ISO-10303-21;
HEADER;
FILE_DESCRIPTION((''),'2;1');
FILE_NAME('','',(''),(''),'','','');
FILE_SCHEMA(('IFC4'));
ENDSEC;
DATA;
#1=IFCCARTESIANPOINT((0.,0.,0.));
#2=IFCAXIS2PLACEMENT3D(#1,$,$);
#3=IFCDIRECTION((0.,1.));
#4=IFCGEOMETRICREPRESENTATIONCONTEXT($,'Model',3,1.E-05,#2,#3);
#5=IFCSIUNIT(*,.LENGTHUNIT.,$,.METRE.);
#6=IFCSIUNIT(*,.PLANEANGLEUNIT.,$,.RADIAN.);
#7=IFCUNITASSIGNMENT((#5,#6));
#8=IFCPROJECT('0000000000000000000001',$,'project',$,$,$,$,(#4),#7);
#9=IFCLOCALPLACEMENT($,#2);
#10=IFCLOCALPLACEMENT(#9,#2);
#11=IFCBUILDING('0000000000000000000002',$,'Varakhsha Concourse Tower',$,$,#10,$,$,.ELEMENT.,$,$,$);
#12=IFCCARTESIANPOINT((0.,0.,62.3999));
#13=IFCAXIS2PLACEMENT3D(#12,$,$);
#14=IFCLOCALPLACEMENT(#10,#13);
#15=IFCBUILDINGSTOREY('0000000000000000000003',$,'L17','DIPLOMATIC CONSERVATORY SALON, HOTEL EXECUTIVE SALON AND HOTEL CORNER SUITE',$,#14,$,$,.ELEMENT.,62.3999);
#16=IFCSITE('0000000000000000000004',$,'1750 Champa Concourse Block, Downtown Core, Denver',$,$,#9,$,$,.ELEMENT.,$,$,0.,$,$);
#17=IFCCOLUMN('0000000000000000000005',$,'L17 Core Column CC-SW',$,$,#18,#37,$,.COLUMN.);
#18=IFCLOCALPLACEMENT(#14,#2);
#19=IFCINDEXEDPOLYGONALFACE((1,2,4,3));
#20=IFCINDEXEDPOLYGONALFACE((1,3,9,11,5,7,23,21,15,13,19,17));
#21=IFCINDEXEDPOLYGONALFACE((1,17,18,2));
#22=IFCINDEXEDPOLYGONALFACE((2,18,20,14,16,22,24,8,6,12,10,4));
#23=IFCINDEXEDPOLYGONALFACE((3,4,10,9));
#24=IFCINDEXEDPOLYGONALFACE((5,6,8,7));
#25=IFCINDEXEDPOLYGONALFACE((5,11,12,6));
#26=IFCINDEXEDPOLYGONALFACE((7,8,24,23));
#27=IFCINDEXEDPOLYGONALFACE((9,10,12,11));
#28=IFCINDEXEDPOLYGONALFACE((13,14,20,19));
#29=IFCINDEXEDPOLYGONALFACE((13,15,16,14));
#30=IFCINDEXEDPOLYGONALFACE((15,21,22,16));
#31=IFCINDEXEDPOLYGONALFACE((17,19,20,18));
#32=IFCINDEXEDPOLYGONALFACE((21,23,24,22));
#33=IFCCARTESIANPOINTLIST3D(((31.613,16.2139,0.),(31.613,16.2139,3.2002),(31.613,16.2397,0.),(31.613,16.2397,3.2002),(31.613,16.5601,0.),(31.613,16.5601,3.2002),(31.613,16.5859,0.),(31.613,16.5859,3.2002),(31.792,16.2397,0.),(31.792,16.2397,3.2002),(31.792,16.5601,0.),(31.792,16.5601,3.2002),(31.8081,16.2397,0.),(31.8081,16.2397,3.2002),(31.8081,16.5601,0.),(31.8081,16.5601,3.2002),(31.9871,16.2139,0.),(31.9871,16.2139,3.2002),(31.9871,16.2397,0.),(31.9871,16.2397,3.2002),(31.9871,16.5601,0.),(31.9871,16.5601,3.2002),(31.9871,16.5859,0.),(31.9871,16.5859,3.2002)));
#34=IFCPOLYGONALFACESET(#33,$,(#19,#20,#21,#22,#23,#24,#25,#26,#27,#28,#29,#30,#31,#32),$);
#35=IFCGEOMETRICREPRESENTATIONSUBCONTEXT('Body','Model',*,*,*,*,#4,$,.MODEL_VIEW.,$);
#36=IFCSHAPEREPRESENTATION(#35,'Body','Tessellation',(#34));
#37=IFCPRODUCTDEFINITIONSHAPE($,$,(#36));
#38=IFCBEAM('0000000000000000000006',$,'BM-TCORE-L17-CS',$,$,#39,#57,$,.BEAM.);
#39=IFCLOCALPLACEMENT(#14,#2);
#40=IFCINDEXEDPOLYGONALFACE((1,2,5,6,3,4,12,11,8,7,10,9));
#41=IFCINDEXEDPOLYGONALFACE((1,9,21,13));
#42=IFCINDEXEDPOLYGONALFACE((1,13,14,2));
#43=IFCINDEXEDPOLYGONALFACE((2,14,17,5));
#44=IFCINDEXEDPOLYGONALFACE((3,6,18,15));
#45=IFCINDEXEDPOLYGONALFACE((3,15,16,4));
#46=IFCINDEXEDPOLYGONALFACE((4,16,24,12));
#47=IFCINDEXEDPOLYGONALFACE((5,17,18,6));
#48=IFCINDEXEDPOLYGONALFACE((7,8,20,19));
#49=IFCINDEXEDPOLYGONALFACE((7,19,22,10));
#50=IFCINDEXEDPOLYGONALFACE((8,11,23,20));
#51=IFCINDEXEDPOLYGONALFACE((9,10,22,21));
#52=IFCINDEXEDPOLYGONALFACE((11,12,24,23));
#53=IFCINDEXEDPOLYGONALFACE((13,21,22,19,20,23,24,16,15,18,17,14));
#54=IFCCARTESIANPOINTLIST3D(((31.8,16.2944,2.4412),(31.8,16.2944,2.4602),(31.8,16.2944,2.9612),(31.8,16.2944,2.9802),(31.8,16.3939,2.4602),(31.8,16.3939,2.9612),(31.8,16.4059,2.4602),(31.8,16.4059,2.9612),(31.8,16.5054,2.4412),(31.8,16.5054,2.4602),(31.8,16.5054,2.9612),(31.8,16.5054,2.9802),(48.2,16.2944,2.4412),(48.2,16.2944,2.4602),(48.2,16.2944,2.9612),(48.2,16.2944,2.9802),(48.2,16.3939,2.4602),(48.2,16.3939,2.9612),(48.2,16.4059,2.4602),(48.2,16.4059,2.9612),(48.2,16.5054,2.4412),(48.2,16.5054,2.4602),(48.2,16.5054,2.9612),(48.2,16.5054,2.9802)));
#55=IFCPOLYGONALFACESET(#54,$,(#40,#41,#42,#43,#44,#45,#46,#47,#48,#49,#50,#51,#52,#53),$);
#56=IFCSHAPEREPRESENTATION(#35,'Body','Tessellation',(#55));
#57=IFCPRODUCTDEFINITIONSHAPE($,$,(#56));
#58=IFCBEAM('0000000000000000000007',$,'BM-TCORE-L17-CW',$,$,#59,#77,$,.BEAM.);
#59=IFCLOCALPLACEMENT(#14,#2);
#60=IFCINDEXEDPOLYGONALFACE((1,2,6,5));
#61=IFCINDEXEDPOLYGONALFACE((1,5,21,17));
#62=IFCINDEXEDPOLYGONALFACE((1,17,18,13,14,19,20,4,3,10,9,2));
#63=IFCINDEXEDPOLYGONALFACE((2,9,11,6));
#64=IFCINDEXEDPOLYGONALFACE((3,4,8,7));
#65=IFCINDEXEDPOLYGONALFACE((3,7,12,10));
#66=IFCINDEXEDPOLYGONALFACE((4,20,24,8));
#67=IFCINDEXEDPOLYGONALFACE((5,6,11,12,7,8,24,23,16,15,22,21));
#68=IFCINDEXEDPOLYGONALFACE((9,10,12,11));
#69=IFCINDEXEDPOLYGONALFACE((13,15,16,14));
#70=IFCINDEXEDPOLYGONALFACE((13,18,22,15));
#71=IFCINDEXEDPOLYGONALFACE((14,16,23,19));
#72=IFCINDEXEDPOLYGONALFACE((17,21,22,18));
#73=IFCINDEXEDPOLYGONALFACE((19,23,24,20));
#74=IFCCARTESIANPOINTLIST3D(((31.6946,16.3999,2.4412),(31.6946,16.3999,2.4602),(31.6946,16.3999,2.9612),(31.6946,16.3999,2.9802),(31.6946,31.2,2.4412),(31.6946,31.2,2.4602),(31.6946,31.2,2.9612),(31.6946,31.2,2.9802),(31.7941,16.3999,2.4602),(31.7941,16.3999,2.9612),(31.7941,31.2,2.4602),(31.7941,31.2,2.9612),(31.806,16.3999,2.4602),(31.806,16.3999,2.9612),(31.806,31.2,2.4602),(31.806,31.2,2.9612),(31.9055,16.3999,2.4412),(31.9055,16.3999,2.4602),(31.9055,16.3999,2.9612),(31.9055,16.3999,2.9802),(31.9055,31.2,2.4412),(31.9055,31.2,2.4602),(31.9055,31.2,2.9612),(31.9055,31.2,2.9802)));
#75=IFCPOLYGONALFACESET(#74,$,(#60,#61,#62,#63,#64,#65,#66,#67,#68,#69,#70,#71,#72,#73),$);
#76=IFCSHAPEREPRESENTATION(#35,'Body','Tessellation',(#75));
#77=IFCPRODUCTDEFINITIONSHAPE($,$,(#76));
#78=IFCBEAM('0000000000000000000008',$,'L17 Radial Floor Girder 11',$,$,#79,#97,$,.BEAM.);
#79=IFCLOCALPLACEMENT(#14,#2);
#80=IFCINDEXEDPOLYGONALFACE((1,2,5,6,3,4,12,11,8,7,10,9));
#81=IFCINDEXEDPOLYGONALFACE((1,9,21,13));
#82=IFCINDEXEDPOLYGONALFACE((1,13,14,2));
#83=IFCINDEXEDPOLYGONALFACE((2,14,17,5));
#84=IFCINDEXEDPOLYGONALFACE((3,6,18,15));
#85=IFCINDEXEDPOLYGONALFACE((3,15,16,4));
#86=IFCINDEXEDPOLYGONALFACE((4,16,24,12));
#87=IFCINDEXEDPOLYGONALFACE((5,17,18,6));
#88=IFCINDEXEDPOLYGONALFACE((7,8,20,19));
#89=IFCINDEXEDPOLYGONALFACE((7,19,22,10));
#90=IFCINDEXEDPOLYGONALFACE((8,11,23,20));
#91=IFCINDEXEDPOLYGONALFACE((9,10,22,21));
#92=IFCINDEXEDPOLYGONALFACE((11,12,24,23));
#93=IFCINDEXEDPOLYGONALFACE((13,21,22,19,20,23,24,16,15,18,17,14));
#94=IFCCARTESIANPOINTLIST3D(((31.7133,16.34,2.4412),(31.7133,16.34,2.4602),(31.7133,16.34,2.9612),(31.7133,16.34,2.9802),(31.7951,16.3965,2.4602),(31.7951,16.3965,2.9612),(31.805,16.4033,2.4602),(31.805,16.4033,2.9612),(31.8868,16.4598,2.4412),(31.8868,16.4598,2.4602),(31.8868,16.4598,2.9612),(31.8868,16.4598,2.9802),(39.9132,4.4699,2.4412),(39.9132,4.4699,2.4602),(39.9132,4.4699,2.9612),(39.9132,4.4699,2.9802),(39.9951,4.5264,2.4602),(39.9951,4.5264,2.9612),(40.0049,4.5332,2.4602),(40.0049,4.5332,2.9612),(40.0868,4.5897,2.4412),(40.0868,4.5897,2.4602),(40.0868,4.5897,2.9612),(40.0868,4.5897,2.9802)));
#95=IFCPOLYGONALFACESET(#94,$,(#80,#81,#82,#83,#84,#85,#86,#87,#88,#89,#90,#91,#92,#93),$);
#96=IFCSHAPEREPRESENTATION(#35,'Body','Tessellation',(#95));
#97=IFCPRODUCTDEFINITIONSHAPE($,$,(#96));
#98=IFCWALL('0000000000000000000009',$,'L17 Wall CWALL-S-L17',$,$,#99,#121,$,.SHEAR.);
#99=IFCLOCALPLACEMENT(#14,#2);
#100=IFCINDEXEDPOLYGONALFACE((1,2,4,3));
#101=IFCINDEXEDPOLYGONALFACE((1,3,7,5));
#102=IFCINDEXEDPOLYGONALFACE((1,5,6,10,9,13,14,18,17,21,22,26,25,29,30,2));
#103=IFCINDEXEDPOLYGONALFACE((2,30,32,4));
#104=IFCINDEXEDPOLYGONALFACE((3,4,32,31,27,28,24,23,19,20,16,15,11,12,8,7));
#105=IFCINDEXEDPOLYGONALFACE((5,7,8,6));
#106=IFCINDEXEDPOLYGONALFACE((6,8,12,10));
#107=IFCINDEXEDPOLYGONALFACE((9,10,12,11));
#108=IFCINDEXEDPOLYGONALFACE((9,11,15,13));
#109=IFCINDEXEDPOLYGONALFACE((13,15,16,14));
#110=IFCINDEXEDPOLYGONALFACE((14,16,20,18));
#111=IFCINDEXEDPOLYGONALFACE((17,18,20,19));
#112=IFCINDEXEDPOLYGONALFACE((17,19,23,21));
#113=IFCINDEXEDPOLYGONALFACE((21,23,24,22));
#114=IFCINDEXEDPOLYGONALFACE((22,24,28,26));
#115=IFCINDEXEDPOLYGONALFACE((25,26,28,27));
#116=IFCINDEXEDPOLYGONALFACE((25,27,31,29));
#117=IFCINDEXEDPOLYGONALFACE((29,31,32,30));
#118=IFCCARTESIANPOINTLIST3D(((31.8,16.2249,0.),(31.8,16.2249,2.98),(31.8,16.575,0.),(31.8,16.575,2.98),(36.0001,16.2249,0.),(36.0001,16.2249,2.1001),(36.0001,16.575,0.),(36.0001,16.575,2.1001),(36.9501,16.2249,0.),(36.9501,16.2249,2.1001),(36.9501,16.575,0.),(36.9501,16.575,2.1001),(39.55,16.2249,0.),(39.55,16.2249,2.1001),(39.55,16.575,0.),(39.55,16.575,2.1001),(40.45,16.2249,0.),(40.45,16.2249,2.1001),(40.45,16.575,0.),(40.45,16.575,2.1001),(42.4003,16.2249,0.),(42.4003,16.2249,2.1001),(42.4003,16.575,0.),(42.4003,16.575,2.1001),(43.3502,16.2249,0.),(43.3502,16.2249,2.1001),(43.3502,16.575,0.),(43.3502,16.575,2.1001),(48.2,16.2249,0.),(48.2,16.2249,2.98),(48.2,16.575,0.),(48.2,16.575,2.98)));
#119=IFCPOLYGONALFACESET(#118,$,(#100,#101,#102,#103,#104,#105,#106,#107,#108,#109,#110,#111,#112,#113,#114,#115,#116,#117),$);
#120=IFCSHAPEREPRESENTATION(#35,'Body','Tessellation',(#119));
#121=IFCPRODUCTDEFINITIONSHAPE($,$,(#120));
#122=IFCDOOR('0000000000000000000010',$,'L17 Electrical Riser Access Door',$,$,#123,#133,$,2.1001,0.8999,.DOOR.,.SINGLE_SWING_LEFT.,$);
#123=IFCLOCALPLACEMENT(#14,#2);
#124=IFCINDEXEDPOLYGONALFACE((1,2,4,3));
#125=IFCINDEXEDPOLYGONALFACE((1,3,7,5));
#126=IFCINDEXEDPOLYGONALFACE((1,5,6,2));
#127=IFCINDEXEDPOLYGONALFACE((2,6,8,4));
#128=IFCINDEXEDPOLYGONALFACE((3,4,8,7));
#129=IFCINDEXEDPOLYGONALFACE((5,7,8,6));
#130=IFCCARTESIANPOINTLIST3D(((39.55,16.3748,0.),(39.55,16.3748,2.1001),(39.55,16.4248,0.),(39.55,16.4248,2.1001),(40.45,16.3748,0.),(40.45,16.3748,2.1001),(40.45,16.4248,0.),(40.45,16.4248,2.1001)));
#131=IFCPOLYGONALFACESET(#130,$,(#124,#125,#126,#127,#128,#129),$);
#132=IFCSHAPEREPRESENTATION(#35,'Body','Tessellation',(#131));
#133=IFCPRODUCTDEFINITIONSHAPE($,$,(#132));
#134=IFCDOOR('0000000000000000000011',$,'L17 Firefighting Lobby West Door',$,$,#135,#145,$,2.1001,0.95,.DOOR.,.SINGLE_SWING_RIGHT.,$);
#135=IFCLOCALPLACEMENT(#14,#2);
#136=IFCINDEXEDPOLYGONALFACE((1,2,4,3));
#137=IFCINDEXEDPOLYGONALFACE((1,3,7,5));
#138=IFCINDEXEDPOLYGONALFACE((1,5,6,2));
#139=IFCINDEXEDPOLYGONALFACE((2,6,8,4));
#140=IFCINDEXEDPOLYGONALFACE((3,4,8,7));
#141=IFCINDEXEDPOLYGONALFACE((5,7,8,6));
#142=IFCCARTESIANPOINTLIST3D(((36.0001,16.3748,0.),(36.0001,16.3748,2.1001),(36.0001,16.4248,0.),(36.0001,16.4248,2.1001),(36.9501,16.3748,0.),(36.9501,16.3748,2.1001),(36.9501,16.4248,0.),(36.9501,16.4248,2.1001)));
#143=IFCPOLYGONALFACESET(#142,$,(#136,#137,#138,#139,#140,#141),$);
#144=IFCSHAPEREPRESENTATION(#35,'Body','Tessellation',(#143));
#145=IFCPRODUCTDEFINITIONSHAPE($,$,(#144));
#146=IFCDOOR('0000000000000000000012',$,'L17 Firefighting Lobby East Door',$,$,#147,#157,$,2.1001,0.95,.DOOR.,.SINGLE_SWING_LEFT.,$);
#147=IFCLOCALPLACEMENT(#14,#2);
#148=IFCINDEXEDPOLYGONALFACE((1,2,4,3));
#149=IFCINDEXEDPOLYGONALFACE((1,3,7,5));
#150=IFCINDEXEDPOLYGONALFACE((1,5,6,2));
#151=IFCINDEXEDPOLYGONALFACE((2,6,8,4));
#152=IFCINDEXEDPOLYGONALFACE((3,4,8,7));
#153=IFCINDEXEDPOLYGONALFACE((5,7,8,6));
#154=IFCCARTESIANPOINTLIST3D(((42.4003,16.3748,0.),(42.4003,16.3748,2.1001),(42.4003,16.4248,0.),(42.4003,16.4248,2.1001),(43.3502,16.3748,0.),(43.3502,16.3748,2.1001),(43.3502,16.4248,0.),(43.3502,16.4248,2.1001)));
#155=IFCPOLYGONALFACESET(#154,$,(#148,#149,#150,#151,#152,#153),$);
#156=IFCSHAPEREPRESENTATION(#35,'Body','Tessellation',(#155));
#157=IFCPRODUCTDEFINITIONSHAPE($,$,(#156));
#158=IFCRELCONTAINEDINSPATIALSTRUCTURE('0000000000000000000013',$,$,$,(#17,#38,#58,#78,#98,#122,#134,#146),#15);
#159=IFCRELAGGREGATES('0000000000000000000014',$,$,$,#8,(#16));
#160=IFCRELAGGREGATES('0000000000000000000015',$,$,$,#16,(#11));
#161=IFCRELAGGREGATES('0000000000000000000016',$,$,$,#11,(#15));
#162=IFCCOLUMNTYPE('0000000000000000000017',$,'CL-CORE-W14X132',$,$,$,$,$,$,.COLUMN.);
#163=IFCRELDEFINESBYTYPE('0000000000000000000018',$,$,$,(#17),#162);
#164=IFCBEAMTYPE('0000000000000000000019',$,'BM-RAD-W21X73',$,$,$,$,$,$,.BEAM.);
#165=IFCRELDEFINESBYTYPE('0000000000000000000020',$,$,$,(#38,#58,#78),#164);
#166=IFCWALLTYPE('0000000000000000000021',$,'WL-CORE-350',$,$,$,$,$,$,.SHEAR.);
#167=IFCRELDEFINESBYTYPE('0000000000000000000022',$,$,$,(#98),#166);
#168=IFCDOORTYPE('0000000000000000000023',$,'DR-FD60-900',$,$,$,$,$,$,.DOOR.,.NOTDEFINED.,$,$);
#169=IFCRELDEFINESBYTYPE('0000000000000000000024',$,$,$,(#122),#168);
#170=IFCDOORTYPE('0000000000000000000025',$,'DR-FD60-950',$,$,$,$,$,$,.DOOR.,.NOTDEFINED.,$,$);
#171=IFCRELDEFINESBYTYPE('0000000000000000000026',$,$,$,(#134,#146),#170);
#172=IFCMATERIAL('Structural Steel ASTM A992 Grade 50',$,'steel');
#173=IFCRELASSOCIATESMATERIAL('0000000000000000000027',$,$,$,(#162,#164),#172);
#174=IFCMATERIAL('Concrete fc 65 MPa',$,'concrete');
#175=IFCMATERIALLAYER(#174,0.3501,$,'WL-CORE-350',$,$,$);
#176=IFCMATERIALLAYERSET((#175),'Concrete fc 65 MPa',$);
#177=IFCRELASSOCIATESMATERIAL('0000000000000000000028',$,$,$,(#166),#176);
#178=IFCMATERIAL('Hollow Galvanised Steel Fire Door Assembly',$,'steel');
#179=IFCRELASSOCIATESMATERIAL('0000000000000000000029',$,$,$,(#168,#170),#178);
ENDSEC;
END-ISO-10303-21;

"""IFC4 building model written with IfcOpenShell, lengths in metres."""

from ifc_helpers import new_model, si_unit, direction, frame, frame_2d, origin, origin_2d, place, context, subcontext, project, spatial, rectangle, i_section, extrude, material, layer, layer_set, material_profile, profile_set, type_object, element, fill, save


model = new_model("IFC4")

# Units and contexts
model_context = context("Model", 3, precision=1e-05, world=origin(), true_north=direction((0.0, 1.0)))
body_context = subcontext(model_context, "Body", "Model", "MODEL_VIEW")
ifc_project = project(units=[si_unit("LENGTHUNIT", "METRE"), si_unit("PLANEANGLEUNIT", "RADIAN")], contexts=[model_context])

# Site, building, storey
site_placement = place(None, origin())
site = spatial("IfcSite", under=ifc_project, at=site_placement, Name="1750 Champa Concourse Block, Downtown Core, Denver", CompositionType="ELEMENT", RefElevation=0.0)
building_placement = place(site_placement, origin())
building = spatial("IfcBuilding", under=site, at=building_placement, Name="Varakhsha Concourse Tower", CompositionType="ELEMENT")
storey_placement = place(building_placement, frame((0.0, 0.0, 62.3999)))
storey = spatial("IfcBuildingStorey", under=building, at=storey_placement, Name="L17", Description="DIPLOMATIC CONSERVATORY SALON, HOTEL EXECUTIVE SALON AND HOTEL CORNER SUITE", CompositionType="ELEMENT", Elevation=62.3999)

# Column
ifc_material_1 = material(Name="Structural Steel ASTM A992 Grade 50", Category="steel")
ifc_material_profile_1 = material_profile(ifc_material_1, i_section(OverallWidth=0.374, OverallDepth=0.3721, WebThickness=0.0161, FlangeThickness=0.0259, at=origin_2d()), Name="W14X132")
ifc_profile_set_1 = profile_set([ifc_material_profile_1], Name="Structural Steel ASTM A992 Grade 50")
column_type = type_object("IfcColumnType", Name="CL-CORE-W14X132", PredefinedType="COLUMN", material=ifc_profile_set_1)
column_placement = place(storey_placement, frame((31.8, 16.3999, 0.0), z_axis=(0.0, 0.0, 1.0), x_axis=(1.0, 0.0, 0.0)))
element("IfcColumn", 1, at=column_placement, inside=storey, type_object=column_type, Name="L17 Core Column CC-SW", PredefinedType="COLUMN", context=body_context, shape_type="SweptSolid", body=[
    extrude(i_section(OverallWidth=0.374, OverallDepth=0.3721, WebThickness=0.0161, FlangeThickness=0.0259, at=origin_2d()), origin(), (0.0, 0.0, 1.0), 3.2002),
])

# Beams
ifc_material_profile_2 = material_profile(ifc_material_1, i_section(OverallWidth=0.2109, OverallDepth=0.5391, WebThickness=0.012, FlangeThickness=0.019, at=origin_2d()), Name="W21X73")
ifc_profile_set_2 = profile_set([ifc_material_profile_2], Name="Structural Steel ASTM A992 Grade 50")
beam_type = type_object("IfcBeamType", Name="BM-RAD-W21X73", PredefinedType="BEAM", material=ifc_profile_set_2)
beam_1_placement = place(storey_placement, frame((31.8, 16.3999, 2.7107), z_axis=(1.0, 0.0, 0.0), x_axis=(0.0, 1.0, 0.0)))
element("IfcBeam", 2, at=beam_1_placement, inside=storey, type_object=beam_type, Name="BM-TCORE-L17-CS", PredefinedType="BEAM", context=body_context, shape_type="SweptSolid", body=[
    extrude(i_section(OverallWidth=0.2109, OverallDepth=0.5391, WebThickness=0.012, FlangeThickness=0.019, at=origin_2d()), origin(), (0.0, 0.0, 1.0), 16.3999),
])
beam_2_placement = place(storey_placement, frame((31.8, 16.3999, 2.7107), z_axis=(0.0, 1.0, 0.0), x_axis=(-1.0, 0.0, 0.0)))
element("IfcBeam", 3, at=beam_2_placement, inside=storey, type_object=beam_type, Name="BM-TCORE-L17-CW", PredefinedType="BEAM", context=body_context, shape_type="SweptSolid", body=[
    extrude(i_section(OverallWidth=0.2109, OverallDepth=0.5391, WebThickness=0.012, FlangeThickness=0.019, at=origin_2d()), origin(), (0.0, 0.0, 1.0), 14.8),
])
beam_3_placement = place(storey_placement, frame((31.8, 16.3999, 2.7107), z_axis=(0.568375, -0.82277, 0.0), x_axis=(0.82277, 0.568375, 0.0)))
element("IfcBeam", 4, at=beam_3_placement, inside=storey, type_object=beam_type, Name="L17 Radial Floor Girder 11", PredefinedType="BEAM", context=body_context, shape_type="SweptSolid", body=[
    extrude(i_section(OverallWidth=0.2109, OverallDepth=0.5391, WebThickness=0.012, FlangeThickness=0.019, at=origin_2d()), origin(), (0.0, 0.0, 1.0), 14.427),
])

# Wall, openings, doors
ifc_material_2 = material(Name="Concrete fc 65 MPa", Category="concrete")
ifc_layer_1 = layer(ifc_material_2, 0.3501, Name="WL-CORE-350")
ifc_layer_set_1 = layer_set([ifc_layer_1], Name="Concrete fc 65 MPa")
wall_type_1 = type_object("IfcWallType", Name="WL-CORE-350", PredefinedType="SHEAR", material=ifc_layer_set_1)
wall_1_placement = place(storey_placement, frame((31.8, 16.3999, 0.0), z_axis=(0.0, 0.0, 1.0), x_axis=(1.0, 0.0, 0.0)))
wall_1 = element("IfcWall", 5, at=wall_1_placement, inside=storey, type_object=wall_type_1, Name="L17 Wall CWALL-S-L17", PredefinedType="SHEAR", context=body_context, shape_type="SweptSolid", body=[
    extrude(rectangle(XDim=16.3999, YDim=0.3501, at=frame_2d((8.2, 0.0))), origin(), (0.0, 0.0, 1.0), 2.98),
])
opening_1_placement = place(wall_1_placement, frame((7.75, 0.0, 0.0)))
opening_1 = element("IfcOpeningElement", 6, at=opening_1_placement, cuts=wall_1, PredefinedType="OPENING", context=body_context, shape_type="SweptSolid", body=[
    extrude(rectangle(XDim=0.8999, YDim=2.1001, at=frame_2d((0.45, 1.05))), frame((0.0, 0.1851, 0.0), z_axis=(0.0, -1.0, 0.0), x_axis=(1.0, 0.0, 0.0)), (0.0, 0.0, 1.0), 0.3701),
])
opening_2_placement = place(wall_1_placement, frame((4.2, 0.0, 0.0)))
opening_2 = element("IfcOpeningElement", 7, at=opening_2_placement, cuts=wall_1, PredefinedType="OPENING", context=body_context, shape_type="SweptSolid", body=[
    extrude(rectangle(XDim=0.95, YDim=2.1001, at=frame_2d((0.4751, 1.05))), frame((0.0, 0.1851, 0.0), z_axis=(0.0, -1.0, 0.0), x_axis=(1.0, 0.0, 0.0)), (0.0, 0.0, 1.0), 0.3701),
])
opening_3_placement = place(wall_1_placement, frame((10.6001, 0.0, 0.0)))
opening_3 = element("IfcOpeningElement", 8, at=opening_3_placement, cuts=wall_1, PredefinedType="OPENING", context=body_context, shape_type="SweptSolid", body=[
    extrude(rectangle(XDim=0.95, YDim=2.1001, at=frame_2d((0.4751, 1.05))), frame((0.0, 0.1851, 0.0), z_axis=(0.0, -1.0, 0.0), x_axis=(1.0, 0.0, 0.0)), (0.0, 0.0, 1.0), 0.3701),
])
ifc_material_3 = material(Name="Hollow Galvanised Steel Fire Door Assembly", Category="steel")
door_type_1 = type_object("IfcDoorType", Name="DR-FD60-900", OperationType="NOTDEFINED", PredefinedType="DOOR", material=ifc_material_3)
door_1_placement = place(opening_1_placement, origin())
door_1 = element("IfcDoor", 9, at=door_1_placement, inside=storey, type_object=door_type_1, Name="L17 Electrical Riser Access Door", OperationType="SINGLE_SWING_LEFT", OverallHeight=2.1001, OverallWidth=0.8999, PredefinedType="DOOR", context=body_context, shape_type="SweptSolid", body=[
    extrude(rectangle(XDim=0.8999, YDim=2.1001, at=frame_2d((0.45, 1.05))), frame((0.0, 0.0249, 0.0), z_axis=(0.0, -1.0, 0.0), x_axis=(1.0, 0.0, 0.0)), (0.0, 0.0, 1.0), 0.05),
])
fill(opening_1, door_1)
door_type_2 = type_object("IfcDoorType", Name="DR-FD60-950", OperationType="NOTDEFINED", PredefinedType="DOOR", material=ifc_material_3)
door_2_placement = place(opening_2_placement, origin())
door_2 = element("IfcDoor", 10, at=door_2_placement, inside=storey, type_object=door_type_2, Name="L17 Firefighting Lobby West Door", OperationType="SINGLE_SWING_RIGHT", OverallHeight=2.1001, OverallWidth=0.95, PredefinedType="DOOR", context=body_context, shape_type="SweptSolid", body=[
    extrude(rectangle(XDim=0.95, YDim=2.1001, at=frame_2d((0.4751, 1.05))), frame((0.0, 0.0249, 0.0), z_axis=(0.0, -1.0, 0.0), x_axis=(1.0, 0.0, 0.0)), (0.0, 0.0, 1.0), 0.05),
])
fill(opening_2, door_2)
door_3_placement = place(opening_3_placement, origin())
door_3 = element("IfcDoor", 11, at=door_3_placement, inside=storey, type_object=door_type_2, Name="L17 Firefighting Lobby East Door", OperationType="SINGLE_SWING_LEFT", OverallHeight=2.1001, OverallWidth=0.95, PredefinedType="DOOR", context=body_context, shape_type="SweptSolid", body=[
    extrude(rectangle(XDim=0.95, YDim=2.1001, at=frame_2d((0.4751, 1.05))), frame((0.0, 0.0249, 0.0), z_axis=(0.0, -1.0, 0.0), x_axis=(1.0, 0.0, 0.0)), (0.0, 0.0, 1.0), 0.05),
])
fill(opening_3, door_3)

save(model, "model.ifc")
